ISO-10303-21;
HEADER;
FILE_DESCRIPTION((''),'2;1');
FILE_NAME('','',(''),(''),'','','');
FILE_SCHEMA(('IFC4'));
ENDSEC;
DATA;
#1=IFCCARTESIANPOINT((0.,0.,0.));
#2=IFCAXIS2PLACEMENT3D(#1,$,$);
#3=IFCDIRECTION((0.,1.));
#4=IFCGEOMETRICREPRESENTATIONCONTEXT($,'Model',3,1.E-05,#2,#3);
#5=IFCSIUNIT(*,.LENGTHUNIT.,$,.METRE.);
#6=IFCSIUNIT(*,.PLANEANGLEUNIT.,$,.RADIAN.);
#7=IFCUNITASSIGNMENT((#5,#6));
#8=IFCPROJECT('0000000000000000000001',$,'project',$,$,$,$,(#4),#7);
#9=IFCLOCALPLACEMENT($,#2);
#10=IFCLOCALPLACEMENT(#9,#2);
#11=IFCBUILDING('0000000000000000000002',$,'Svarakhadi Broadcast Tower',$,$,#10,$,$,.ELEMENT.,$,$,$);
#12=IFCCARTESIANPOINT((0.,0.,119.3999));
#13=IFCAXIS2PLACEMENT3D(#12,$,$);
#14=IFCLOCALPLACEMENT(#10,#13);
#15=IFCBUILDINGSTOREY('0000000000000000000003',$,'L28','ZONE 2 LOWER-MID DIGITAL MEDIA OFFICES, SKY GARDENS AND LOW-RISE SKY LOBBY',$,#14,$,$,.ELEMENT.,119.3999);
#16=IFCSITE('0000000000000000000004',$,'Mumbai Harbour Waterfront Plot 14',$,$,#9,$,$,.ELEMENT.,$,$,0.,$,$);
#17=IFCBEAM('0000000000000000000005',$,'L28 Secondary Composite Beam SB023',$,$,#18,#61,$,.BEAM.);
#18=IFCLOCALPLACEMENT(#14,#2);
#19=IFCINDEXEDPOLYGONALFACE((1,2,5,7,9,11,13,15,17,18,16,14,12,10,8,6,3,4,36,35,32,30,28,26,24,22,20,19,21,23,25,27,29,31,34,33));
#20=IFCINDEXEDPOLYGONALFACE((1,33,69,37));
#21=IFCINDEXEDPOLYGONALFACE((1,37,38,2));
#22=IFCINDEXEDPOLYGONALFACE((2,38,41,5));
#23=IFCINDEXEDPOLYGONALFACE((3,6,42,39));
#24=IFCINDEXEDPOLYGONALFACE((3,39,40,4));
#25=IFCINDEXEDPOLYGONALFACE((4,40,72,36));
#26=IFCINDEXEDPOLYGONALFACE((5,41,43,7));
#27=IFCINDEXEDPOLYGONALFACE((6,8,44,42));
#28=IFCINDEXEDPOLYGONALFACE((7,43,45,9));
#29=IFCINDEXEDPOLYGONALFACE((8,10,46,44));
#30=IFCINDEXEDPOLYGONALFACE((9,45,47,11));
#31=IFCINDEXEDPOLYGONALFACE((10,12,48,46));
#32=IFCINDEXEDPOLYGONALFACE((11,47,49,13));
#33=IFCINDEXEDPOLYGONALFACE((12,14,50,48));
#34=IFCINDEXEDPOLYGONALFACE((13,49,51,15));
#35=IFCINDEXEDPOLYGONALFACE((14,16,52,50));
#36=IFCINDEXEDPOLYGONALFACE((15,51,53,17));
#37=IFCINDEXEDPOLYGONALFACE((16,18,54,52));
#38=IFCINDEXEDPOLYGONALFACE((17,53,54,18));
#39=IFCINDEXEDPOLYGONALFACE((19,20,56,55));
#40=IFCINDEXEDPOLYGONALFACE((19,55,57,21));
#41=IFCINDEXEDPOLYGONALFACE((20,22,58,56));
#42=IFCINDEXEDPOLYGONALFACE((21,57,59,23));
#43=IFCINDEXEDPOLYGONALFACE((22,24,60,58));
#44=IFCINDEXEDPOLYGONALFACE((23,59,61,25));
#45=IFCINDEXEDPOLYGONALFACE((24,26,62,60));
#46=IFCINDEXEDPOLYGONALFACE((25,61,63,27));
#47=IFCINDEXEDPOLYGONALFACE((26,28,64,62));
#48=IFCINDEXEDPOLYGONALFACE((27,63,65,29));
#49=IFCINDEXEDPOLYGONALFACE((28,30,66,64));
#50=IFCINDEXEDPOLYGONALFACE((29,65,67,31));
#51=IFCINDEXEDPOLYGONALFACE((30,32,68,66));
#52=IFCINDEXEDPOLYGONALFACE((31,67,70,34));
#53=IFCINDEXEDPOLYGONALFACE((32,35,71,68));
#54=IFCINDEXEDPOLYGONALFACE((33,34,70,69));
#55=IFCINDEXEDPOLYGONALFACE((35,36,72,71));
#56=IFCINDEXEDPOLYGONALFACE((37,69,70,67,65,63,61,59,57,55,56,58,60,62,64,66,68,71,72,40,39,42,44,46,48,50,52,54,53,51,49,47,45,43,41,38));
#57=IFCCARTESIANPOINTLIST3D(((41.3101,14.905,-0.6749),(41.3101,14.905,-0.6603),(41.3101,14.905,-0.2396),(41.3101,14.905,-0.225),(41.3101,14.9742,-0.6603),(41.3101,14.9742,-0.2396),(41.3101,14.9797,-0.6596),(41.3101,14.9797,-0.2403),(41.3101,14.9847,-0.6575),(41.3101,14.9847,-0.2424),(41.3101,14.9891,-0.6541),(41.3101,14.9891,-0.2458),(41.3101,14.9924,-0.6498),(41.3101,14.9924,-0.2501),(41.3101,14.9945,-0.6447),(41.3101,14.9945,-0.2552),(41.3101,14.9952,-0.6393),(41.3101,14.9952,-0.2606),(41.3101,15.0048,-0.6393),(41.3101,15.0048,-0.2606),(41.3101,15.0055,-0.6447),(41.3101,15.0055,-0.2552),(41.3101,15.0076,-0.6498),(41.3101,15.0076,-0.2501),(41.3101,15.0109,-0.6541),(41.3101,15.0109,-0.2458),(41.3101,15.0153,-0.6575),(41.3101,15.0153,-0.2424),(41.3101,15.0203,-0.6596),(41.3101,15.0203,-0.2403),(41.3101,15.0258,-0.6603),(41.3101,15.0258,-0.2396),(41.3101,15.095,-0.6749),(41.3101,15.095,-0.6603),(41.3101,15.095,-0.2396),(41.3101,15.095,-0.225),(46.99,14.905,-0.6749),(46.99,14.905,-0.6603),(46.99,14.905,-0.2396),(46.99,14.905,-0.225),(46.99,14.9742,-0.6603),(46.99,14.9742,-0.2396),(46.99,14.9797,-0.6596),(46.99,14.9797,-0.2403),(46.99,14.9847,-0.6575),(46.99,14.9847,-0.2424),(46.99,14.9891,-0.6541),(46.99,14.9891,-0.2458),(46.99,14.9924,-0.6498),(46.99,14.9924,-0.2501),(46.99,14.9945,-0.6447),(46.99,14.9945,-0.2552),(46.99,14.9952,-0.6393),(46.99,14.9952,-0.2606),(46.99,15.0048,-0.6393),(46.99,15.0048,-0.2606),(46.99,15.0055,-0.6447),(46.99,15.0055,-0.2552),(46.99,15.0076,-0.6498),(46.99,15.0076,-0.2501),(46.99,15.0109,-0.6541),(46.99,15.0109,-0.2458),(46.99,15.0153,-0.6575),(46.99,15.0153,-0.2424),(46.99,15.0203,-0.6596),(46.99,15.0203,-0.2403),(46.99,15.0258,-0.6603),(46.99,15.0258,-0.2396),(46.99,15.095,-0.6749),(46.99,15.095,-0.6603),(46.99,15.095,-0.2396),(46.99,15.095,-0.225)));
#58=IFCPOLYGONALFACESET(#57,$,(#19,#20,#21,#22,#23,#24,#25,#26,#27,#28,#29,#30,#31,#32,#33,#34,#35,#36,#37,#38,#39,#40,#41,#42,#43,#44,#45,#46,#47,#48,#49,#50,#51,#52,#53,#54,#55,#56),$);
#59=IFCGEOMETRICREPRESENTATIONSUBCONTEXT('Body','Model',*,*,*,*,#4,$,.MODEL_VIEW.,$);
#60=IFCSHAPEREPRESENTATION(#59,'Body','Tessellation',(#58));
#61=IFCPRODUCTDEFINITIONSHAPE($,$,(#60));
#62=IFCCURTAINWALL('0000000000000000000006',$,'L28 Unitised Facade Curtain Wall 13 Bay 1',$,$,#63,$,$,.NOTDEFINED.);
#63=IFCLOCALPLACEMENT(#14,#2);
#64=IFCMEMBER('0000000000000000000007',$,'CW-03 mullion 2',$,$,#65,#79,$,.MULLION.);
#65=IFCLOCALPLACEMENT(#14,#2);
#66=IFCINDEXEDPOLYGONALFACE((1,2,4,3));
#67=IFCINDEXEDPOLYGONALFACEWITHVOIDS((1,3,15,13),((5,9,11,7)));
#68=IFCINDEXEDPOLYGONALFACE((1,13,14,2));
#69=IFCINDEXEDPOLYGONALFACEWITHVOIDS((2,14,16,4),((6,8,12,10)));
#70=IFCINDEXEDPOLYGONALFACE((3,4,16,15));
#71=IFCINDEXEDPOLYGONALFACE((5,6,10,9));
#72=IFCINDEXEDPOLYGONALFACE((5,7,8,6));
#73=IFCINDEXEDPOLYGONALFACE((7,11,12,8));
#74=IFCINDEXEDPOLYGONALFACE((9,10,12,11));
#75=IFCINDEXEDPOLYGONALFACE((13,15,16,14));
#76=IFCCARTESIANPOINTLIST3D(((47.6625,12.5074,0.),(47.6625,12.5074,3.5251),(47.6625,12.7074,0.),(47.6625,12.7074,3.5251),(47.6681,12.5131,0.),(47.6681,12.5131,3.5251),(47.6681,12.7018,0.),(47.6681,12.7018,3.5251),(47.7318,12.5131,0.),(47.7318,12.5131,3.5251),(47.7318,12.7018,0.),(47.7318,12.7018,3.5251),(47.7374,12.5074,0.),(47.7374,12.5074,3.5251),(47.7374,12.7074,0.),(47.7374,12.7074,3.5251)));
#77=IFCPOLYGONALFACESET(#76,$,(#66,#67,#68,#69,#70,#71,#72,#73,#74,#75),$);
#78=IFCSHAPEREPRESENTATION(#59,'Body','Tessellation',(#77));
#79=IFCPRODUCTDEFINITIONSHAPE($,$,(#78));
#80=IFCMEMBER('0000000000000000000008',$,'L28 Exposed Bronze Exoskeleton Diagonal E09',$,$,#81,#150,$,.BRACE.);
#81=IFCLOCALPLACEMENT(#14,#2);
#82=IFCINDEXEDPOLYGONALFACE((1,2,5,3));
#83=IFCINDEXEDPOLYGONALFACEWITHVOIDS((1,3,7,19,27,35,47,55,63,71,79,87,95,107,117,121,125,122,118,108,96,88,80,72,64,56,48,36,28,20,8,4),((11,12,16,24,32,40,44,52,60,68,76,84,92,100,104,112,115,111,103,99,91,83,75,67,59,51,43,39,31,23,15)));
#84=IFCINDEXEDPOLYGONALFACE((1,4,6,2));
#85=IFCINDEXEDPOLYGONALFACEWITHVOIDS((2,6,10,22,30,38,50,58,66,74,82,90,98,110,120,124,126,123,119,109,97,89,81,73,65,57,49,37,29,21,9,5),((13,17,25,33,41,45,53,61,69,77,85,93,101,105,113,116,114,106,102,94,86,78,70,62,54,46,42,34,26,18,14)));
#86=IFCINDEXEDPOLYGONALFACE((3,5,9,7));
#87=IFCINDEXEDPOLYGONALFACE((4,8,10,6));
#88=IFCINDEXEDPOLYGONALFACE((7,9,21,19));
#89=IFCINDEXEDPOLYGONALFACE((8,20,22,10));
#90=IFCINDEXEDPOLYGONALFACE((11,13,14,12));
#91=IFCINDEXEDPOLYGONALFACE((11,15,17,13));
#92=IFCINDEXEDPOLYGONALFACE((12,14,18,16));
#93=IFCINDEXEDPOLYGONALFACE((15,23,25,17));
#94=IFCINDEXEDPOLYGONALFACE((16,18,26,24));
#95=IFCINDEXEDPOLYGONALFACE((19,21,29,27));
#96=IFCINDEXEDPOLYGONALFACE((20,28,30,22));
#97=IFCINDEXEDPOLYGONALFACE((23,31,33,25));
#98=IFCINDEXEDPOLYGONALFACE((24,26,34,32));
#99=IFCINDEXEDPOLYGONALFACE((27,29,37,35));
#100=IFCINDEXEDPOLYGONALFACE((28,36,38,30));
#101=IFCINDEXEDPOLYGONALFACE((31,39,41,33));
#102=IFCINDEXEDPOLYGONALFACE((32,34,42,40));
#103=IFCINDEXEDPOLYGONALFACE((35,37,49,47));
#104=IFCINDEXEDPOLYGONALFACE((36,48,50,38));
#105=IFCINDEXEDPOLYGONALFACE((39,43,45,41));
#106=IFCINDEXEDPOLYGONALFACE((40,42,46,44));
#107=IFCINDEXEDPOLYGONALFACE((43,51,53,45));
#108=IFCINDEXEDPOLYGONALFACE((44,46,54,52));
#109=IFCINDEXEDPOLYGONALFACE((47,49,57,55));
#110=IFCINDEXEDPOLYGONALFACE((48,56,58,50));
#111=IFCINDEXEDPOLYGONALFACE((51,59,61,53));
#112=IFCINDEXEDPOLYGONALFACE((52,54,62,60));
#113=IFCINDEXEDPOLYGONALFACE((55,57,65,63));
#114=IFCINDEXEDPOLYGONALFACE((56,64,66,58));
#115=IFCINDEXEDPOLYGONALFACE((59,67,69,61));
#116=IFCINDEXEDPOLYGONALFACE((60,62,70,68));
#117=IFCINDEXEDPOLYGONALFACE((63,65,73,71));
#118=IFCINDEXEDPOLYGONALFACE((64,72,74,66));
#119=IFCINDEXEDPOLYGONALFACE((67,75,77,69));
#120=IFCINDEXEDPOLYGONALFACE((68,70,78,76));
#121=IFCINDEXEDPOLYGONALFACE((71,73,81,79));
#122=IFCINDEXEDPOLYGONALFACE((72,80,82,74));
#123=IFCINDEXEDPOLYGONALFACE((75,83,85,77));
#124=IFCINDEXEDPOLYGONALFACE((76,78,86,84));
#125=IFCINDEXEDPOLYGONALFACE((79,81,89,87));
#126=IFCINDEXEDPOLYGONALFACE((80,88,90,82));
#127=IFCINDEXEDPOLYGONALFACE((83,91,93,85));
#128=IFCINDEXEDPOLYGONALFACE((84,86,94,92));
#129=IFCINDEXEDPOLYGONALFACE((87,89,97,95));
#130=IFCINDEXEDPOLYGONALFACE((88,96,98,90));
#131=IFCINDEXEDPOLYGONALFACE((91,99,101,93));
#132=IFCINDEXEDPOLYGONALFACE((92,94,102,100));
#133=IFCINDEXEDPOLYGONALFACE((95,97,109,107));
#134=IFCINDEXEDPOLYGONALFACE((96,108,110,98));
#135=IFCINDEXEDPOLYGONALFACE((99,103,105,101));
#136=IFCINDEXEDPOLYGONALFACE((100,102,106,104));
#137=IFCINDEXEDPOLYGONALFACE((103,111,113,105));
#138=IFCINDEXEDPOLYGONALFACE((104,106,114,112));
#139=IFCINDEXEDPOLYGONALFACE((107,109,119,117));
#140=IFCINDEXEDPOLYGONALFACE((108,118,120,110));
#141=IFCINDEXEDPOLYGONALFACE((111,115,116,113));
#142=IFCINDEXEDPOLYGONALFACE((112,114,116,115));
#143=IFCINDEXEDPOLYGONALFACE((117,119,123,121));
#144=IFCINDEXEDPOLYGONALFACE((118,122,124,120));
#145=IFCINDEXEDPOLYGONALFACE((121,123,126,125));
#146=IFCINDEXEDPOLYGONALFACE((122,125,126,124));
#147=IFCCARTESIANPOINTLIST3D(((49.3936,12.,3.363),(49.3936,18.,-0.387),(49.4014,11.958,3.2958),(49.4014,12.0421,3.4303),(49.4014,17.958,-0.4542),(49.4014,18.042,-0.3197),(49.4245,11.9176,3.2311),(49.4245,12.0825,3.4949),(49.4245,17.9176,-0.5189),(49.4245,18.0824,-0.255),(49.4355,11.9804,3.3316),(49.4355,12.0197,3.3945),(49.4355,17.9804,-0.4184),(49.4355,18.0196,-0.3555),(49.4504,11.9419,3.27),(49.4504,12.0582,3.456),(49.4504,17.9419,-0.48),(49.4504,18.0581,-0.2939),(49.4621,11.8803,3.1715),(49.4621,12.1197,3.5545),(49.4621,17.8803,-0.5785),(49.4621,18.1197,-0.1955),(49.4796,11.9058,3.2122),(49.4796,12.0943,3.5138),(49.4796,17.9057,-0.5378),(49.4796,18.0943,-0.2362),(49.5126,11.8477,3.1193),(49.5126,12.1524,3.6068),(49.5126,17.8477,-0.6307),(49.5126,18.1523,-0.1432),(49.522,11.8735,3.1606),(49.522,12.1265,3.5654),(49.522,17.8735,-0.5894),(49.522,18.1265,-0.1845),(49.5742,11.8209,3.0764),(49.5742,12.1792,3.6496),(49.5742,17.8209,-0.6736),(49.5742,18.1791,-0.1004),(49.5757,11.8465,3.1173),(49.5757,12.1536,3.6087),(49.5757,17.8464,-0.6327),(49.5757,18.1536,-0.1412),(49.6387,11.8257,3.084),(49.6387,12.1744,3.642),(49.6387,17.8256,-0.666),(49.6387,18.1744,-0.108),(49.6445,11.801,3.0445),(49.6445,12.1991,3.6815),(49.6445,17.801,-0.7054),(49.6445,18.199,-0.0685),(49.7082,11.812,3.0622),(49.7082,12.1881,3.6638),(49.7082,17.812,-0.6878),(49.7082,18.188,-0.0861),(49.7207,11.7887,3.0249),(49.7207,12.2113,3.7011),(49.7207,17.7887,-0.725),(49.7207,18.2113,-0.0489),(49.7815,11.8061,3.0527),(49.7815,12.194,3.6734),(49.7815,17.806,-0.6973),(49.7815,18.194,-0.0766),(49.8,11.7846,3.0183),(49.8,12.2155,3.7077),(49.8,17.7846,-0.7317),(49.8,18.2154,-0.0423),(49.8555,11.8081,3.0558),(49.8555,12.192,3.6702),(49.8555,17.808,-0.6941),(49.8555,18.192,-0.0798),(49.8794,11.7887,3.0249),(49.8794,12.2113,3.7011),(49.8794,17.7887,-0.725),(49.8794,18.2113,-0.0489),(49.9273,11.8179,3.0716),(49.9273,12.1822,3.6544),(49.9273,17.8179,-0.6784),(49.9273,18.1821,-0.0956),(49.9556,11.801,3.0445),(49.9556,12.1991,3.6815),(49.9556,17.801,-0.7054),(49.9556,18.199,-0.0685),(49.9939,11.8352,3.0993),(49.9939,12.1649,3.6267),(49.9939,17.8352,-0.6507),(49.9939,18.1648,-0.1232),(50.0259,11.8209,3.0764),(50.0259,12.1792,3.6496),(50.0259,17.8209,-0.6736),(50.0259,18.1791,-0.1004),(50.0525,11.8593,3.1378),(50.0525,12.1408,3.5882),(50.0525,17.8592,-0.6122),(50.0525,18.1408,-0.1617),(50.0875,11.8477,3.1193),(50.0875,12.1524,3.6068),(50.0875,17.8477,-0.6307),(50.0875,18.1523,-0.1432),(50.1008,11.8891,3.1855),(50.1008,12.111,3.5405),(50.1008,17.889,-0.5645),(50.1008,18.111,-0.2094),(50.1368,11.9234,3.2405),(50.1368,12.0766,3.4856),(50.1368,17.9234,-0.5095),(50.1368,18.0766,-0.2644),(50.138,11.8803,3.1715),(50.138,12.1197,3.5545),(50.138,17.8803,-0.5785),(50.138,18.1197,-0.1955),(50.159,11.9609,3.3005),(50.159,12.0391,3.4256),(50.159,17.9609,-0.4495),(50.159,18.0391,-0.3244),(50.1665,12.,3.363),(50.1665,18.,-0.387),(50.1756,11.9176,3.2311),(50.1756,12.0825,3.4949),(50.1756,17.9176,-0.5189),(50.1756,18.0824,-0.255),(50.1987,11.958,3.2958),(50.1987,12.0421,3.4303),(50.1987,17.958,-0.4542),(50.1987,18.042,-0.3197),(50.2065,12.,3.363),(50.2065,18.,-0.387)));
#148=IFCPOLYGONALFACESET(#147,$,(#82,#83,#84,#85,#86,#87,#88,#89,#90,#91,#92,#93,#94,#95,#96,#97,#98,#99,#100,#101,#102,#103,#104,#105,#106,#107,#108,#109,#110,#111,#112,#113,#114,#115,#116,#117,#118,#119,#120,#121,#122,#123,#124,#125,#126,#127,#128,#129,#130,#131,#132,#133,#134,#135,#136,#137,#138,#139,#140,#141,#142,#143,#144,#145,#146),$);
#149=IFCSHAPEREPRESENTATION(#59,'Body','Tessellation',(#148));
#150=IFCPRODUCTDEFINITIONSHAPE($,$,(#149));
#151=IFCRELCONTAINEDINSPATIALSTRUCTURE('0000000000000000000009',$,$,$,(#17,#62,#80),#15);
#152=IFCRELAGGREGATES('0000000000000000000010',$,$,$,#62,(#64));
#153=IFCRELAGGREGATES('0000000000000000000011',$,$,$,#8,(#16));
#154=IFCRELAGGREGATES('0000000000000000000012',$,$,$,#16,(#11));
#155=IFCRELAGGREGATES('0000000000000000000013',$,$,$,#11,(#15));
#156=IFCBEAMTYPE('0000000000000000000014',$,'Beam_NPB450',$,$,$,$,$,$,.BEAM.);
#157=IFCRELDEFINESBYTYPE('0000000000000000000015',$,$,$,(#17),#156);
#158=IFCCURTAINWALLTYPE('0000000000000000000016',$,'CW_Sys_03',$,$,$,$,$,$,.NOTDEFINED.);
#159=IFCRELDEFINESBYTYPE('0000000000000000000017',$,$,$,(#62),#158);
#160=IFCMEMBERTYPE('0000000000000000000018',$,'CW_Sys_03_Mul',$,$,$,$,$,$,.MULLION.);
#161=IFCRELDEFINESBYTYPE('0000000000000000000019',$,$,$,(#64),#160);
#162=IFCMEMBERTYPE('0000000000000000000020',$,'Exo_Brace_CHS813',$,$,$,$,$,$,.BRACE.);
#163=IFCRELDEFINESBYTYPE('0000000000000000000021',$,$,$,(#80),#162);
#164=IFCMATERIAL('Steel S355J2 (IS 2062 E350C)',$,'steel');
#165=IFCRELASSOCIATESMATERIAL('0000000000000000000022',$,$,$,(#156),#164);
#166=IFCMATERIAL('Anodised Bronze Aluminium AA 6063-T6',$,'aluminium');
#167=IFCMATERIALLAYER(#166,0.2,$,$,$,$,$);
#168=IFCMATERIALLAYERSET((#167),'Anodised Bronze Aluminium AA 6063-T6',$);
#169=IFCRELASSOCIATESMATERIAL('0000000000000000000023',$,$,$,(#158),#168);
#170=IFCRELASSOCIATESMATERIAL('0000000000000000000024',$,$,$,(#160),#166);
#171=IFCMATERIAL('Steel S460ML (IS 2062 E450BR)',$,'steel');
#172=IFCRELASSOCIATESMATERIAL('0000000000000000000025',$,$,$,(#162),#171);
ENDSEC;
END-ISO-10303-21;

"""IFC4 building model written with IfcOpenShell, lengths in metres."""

from ifc_helpers import new_model, si_unit, direction, frame, origin, origin_2d, place, context, subcontext, project, spatial, hollow_rectangle, hollow_circle, i_section, extrude, material, layer, layer_set, material_profile, profile_set, type_object, element, aggregate, save


model = new_model("IFC4")

# Units and contexts
model_context = context("Model", 3, precision=1e-05, world=origin(), true_north=direction((0.0, 1.0)))
body_context = subcontext(model_context, "Body", "Model", "MODEL_VIEW")
ifc_project = project(units=[si_unit("LENGTHUNIT", "METRE"), si_unit("PLANEANGLEUNIT", "RADIAN")], contexts=[model_context])

# Site, building, storey
site_placement = place(None, origin())
site = spatial("IfcSite", under=ifc_project, at=site_placement, Name="Mumbai Harbour Waterfront Plot 14", CompositionType="ELEMENT", RefElevation=0.0)
building_placement = place(site_placement, origin())
building = spatial("IfcBuilding", under=site, at=building_placement, Name="Svarakhadi Broadcast Tower", CompositionType="ELEMENT")
storey_placement = place(building_placement, frame((0.0, 0.0, 119.3999)))
storey = spatial("IfcBuildingStorey", under=building, at=storey_placement, Name="L28", Description="ZONE 2 LOWER-MID DIGITAL MEDIA OFFICES, SKY GARDENS AND LOW-RISE SKY LOBBY", CompositionType="ELEMENT", Elevation=119.3999)

# Shared definitions
ifc_material_1 = material(Name="Steel S460ML (IS 2062 E450BR)", Category="steel")

# Beam
ifc_material_2 = material(Name="Steel S355J2 (IS 2062 E350C)", Category="steel")
ifc_material_profile_1 = material_profile(ifc_material_2, i_section(OverallWidth=0.1899, OverallDepth=0.45, WebThickness=0.0095, FlangeThickness=0.0146, FilletRadius=0.021, at=origin_2d()), Name="NPB 450x190x78")
ifc_profile_set_1 = profile_set([ifc_material_profile_1], Name="Steel S355J2 (IS 2062 E350C)")
beam_type_1 = type_object("IfcBeamType", Name="Beam_NPB450", PredefinedType="BEAM", material=ifc_profile_set_1)
for number, where, z_axis, x_axis, name in (
    (1, (41.3101, 15.0, -0.45), (1.0, 0.0, 0.0), (0.0, 1.0, 0.0), "L28 Secondary Composite Beam SB023"),
):
    element("IfcBeam", number, at=place(storey_placement, frame(where, z_axis=z_axis, x_axis=x_axis)), inside=storey, type_object=beam_type_1, Name=name, PredefinedType="BEAM", context=body_context, shape_type="SweptSolid", body=[
        extrude(i_section(OverallWidth=0.1899, OverallDepth=0.45, WebThickness=0.0095, FlangeThickness=0.0146, FilletRadius=0.021, at=origin_2d()), origin(), (0.0, 0.0, 1.0), 5.6799),
    ])

# Curtain wall, member
ifc_material_3 = material(Name="Anodised Bronze Aluminium AA 6063-T6", Category="aluminium")
ifc_layer_1 = layer(ifc_material_3, 0.2)
ifc_layer_set_1 = layer_set([ifc_layer_1], Name="Anodised Bronze Aluminium AA 6063-T6")
curtain_wall_type = type_object("IfcCurtainWallType", Name="CW_Sys_03", PredefinedType="NOTDEFINED", material=ifc_layer_set_1)
curtain_wall_placement = place(storey_placement, origin())
curtain_wall = element("IfcCurtainWall", 2, at=curtain_wall_placement, inside=storey, type_object=curtain_wall_type, Name="L28 Unitised Facade Curtain Wall 13 Bay 1", PredefinedType="NOTDEFINED")
ifc_material_profile_2 = material_profile(ifc_material_3, hollow_rectangle(XDim=0.075, YDim=0.2, WallThickness=0.0056, at=origin_2d()), Name="ALU MULLION 200x75x6")
ifc_profile_set_2 = profile_set([ifc_material_profile_2], Name="Anodised Bronze Aluminium AA 6063-T6")
member_type_1 = type_object("IfcMemberType", Name="CW_Sys_03_Mul", PredefinedType="MULLION", material=ifc_profile_set_2)
member_1_placement = place(storey_placement, frame((47.7, 12.6074, 0.0), z_axis=(0.0, 0.0, 1.0), x_axis=(1.0, 0.0, 0.0)))
member_1 = element("IfcMember", 3, at=member_1_placement, type_object=member_type_1, Name="CW-03 mullion 2", PredefinedType="MULLION", context=body_context, shape_type="SweptSolid", body=[
    extrude(hollow_rectangle(XDim=0.075, YDim=0.2, WallThickness=0.0056, at=origin_2d()), origin(), (0.0, 0.0, 1.0), 3.5251),
])

# Member
ifc_material_profile_3 = material_profile(ifc_material_1, hollow_circle(Radius=0.4065, WallThickness=0.04, at=origin_2d()), Name="CHS 813x40")
ifc_profile_set_3 = profile_set([ifc_material_profile_3], Name="Steel S460ML (IS 2062 E450BR)")
member_type_2 = type_object("IfcMemberType", Name="Exo_Brace_CHS813", PredefinedType="BRACE", material=ifc_profile_set_3)
member_2_placement = place(storey_placement, frame((49.8, 18.0, -0.387), z_axis=(0.0, -0.847998, 0.529999), x_axis=(1.0, 0.0, 0.0)))
element("IfcMember", 4, at=member_2_placement, inside=storey, type_object=member_type_2, Name="L28 Exposed Bronze Exoskeleton Diagonal E09", PredefinedType="BRACE", context=body_context, shape_type="SweptSolid", body=[
    extrude(hollow_circle(Radius=0.4065, WallThickness=0.04, at=origin_2d()), origin(), (0.0, 0.0, 1.0), 7.0754),
])

aggregate(curtain_wall, [member_1])

save(model, "model.ifc")
